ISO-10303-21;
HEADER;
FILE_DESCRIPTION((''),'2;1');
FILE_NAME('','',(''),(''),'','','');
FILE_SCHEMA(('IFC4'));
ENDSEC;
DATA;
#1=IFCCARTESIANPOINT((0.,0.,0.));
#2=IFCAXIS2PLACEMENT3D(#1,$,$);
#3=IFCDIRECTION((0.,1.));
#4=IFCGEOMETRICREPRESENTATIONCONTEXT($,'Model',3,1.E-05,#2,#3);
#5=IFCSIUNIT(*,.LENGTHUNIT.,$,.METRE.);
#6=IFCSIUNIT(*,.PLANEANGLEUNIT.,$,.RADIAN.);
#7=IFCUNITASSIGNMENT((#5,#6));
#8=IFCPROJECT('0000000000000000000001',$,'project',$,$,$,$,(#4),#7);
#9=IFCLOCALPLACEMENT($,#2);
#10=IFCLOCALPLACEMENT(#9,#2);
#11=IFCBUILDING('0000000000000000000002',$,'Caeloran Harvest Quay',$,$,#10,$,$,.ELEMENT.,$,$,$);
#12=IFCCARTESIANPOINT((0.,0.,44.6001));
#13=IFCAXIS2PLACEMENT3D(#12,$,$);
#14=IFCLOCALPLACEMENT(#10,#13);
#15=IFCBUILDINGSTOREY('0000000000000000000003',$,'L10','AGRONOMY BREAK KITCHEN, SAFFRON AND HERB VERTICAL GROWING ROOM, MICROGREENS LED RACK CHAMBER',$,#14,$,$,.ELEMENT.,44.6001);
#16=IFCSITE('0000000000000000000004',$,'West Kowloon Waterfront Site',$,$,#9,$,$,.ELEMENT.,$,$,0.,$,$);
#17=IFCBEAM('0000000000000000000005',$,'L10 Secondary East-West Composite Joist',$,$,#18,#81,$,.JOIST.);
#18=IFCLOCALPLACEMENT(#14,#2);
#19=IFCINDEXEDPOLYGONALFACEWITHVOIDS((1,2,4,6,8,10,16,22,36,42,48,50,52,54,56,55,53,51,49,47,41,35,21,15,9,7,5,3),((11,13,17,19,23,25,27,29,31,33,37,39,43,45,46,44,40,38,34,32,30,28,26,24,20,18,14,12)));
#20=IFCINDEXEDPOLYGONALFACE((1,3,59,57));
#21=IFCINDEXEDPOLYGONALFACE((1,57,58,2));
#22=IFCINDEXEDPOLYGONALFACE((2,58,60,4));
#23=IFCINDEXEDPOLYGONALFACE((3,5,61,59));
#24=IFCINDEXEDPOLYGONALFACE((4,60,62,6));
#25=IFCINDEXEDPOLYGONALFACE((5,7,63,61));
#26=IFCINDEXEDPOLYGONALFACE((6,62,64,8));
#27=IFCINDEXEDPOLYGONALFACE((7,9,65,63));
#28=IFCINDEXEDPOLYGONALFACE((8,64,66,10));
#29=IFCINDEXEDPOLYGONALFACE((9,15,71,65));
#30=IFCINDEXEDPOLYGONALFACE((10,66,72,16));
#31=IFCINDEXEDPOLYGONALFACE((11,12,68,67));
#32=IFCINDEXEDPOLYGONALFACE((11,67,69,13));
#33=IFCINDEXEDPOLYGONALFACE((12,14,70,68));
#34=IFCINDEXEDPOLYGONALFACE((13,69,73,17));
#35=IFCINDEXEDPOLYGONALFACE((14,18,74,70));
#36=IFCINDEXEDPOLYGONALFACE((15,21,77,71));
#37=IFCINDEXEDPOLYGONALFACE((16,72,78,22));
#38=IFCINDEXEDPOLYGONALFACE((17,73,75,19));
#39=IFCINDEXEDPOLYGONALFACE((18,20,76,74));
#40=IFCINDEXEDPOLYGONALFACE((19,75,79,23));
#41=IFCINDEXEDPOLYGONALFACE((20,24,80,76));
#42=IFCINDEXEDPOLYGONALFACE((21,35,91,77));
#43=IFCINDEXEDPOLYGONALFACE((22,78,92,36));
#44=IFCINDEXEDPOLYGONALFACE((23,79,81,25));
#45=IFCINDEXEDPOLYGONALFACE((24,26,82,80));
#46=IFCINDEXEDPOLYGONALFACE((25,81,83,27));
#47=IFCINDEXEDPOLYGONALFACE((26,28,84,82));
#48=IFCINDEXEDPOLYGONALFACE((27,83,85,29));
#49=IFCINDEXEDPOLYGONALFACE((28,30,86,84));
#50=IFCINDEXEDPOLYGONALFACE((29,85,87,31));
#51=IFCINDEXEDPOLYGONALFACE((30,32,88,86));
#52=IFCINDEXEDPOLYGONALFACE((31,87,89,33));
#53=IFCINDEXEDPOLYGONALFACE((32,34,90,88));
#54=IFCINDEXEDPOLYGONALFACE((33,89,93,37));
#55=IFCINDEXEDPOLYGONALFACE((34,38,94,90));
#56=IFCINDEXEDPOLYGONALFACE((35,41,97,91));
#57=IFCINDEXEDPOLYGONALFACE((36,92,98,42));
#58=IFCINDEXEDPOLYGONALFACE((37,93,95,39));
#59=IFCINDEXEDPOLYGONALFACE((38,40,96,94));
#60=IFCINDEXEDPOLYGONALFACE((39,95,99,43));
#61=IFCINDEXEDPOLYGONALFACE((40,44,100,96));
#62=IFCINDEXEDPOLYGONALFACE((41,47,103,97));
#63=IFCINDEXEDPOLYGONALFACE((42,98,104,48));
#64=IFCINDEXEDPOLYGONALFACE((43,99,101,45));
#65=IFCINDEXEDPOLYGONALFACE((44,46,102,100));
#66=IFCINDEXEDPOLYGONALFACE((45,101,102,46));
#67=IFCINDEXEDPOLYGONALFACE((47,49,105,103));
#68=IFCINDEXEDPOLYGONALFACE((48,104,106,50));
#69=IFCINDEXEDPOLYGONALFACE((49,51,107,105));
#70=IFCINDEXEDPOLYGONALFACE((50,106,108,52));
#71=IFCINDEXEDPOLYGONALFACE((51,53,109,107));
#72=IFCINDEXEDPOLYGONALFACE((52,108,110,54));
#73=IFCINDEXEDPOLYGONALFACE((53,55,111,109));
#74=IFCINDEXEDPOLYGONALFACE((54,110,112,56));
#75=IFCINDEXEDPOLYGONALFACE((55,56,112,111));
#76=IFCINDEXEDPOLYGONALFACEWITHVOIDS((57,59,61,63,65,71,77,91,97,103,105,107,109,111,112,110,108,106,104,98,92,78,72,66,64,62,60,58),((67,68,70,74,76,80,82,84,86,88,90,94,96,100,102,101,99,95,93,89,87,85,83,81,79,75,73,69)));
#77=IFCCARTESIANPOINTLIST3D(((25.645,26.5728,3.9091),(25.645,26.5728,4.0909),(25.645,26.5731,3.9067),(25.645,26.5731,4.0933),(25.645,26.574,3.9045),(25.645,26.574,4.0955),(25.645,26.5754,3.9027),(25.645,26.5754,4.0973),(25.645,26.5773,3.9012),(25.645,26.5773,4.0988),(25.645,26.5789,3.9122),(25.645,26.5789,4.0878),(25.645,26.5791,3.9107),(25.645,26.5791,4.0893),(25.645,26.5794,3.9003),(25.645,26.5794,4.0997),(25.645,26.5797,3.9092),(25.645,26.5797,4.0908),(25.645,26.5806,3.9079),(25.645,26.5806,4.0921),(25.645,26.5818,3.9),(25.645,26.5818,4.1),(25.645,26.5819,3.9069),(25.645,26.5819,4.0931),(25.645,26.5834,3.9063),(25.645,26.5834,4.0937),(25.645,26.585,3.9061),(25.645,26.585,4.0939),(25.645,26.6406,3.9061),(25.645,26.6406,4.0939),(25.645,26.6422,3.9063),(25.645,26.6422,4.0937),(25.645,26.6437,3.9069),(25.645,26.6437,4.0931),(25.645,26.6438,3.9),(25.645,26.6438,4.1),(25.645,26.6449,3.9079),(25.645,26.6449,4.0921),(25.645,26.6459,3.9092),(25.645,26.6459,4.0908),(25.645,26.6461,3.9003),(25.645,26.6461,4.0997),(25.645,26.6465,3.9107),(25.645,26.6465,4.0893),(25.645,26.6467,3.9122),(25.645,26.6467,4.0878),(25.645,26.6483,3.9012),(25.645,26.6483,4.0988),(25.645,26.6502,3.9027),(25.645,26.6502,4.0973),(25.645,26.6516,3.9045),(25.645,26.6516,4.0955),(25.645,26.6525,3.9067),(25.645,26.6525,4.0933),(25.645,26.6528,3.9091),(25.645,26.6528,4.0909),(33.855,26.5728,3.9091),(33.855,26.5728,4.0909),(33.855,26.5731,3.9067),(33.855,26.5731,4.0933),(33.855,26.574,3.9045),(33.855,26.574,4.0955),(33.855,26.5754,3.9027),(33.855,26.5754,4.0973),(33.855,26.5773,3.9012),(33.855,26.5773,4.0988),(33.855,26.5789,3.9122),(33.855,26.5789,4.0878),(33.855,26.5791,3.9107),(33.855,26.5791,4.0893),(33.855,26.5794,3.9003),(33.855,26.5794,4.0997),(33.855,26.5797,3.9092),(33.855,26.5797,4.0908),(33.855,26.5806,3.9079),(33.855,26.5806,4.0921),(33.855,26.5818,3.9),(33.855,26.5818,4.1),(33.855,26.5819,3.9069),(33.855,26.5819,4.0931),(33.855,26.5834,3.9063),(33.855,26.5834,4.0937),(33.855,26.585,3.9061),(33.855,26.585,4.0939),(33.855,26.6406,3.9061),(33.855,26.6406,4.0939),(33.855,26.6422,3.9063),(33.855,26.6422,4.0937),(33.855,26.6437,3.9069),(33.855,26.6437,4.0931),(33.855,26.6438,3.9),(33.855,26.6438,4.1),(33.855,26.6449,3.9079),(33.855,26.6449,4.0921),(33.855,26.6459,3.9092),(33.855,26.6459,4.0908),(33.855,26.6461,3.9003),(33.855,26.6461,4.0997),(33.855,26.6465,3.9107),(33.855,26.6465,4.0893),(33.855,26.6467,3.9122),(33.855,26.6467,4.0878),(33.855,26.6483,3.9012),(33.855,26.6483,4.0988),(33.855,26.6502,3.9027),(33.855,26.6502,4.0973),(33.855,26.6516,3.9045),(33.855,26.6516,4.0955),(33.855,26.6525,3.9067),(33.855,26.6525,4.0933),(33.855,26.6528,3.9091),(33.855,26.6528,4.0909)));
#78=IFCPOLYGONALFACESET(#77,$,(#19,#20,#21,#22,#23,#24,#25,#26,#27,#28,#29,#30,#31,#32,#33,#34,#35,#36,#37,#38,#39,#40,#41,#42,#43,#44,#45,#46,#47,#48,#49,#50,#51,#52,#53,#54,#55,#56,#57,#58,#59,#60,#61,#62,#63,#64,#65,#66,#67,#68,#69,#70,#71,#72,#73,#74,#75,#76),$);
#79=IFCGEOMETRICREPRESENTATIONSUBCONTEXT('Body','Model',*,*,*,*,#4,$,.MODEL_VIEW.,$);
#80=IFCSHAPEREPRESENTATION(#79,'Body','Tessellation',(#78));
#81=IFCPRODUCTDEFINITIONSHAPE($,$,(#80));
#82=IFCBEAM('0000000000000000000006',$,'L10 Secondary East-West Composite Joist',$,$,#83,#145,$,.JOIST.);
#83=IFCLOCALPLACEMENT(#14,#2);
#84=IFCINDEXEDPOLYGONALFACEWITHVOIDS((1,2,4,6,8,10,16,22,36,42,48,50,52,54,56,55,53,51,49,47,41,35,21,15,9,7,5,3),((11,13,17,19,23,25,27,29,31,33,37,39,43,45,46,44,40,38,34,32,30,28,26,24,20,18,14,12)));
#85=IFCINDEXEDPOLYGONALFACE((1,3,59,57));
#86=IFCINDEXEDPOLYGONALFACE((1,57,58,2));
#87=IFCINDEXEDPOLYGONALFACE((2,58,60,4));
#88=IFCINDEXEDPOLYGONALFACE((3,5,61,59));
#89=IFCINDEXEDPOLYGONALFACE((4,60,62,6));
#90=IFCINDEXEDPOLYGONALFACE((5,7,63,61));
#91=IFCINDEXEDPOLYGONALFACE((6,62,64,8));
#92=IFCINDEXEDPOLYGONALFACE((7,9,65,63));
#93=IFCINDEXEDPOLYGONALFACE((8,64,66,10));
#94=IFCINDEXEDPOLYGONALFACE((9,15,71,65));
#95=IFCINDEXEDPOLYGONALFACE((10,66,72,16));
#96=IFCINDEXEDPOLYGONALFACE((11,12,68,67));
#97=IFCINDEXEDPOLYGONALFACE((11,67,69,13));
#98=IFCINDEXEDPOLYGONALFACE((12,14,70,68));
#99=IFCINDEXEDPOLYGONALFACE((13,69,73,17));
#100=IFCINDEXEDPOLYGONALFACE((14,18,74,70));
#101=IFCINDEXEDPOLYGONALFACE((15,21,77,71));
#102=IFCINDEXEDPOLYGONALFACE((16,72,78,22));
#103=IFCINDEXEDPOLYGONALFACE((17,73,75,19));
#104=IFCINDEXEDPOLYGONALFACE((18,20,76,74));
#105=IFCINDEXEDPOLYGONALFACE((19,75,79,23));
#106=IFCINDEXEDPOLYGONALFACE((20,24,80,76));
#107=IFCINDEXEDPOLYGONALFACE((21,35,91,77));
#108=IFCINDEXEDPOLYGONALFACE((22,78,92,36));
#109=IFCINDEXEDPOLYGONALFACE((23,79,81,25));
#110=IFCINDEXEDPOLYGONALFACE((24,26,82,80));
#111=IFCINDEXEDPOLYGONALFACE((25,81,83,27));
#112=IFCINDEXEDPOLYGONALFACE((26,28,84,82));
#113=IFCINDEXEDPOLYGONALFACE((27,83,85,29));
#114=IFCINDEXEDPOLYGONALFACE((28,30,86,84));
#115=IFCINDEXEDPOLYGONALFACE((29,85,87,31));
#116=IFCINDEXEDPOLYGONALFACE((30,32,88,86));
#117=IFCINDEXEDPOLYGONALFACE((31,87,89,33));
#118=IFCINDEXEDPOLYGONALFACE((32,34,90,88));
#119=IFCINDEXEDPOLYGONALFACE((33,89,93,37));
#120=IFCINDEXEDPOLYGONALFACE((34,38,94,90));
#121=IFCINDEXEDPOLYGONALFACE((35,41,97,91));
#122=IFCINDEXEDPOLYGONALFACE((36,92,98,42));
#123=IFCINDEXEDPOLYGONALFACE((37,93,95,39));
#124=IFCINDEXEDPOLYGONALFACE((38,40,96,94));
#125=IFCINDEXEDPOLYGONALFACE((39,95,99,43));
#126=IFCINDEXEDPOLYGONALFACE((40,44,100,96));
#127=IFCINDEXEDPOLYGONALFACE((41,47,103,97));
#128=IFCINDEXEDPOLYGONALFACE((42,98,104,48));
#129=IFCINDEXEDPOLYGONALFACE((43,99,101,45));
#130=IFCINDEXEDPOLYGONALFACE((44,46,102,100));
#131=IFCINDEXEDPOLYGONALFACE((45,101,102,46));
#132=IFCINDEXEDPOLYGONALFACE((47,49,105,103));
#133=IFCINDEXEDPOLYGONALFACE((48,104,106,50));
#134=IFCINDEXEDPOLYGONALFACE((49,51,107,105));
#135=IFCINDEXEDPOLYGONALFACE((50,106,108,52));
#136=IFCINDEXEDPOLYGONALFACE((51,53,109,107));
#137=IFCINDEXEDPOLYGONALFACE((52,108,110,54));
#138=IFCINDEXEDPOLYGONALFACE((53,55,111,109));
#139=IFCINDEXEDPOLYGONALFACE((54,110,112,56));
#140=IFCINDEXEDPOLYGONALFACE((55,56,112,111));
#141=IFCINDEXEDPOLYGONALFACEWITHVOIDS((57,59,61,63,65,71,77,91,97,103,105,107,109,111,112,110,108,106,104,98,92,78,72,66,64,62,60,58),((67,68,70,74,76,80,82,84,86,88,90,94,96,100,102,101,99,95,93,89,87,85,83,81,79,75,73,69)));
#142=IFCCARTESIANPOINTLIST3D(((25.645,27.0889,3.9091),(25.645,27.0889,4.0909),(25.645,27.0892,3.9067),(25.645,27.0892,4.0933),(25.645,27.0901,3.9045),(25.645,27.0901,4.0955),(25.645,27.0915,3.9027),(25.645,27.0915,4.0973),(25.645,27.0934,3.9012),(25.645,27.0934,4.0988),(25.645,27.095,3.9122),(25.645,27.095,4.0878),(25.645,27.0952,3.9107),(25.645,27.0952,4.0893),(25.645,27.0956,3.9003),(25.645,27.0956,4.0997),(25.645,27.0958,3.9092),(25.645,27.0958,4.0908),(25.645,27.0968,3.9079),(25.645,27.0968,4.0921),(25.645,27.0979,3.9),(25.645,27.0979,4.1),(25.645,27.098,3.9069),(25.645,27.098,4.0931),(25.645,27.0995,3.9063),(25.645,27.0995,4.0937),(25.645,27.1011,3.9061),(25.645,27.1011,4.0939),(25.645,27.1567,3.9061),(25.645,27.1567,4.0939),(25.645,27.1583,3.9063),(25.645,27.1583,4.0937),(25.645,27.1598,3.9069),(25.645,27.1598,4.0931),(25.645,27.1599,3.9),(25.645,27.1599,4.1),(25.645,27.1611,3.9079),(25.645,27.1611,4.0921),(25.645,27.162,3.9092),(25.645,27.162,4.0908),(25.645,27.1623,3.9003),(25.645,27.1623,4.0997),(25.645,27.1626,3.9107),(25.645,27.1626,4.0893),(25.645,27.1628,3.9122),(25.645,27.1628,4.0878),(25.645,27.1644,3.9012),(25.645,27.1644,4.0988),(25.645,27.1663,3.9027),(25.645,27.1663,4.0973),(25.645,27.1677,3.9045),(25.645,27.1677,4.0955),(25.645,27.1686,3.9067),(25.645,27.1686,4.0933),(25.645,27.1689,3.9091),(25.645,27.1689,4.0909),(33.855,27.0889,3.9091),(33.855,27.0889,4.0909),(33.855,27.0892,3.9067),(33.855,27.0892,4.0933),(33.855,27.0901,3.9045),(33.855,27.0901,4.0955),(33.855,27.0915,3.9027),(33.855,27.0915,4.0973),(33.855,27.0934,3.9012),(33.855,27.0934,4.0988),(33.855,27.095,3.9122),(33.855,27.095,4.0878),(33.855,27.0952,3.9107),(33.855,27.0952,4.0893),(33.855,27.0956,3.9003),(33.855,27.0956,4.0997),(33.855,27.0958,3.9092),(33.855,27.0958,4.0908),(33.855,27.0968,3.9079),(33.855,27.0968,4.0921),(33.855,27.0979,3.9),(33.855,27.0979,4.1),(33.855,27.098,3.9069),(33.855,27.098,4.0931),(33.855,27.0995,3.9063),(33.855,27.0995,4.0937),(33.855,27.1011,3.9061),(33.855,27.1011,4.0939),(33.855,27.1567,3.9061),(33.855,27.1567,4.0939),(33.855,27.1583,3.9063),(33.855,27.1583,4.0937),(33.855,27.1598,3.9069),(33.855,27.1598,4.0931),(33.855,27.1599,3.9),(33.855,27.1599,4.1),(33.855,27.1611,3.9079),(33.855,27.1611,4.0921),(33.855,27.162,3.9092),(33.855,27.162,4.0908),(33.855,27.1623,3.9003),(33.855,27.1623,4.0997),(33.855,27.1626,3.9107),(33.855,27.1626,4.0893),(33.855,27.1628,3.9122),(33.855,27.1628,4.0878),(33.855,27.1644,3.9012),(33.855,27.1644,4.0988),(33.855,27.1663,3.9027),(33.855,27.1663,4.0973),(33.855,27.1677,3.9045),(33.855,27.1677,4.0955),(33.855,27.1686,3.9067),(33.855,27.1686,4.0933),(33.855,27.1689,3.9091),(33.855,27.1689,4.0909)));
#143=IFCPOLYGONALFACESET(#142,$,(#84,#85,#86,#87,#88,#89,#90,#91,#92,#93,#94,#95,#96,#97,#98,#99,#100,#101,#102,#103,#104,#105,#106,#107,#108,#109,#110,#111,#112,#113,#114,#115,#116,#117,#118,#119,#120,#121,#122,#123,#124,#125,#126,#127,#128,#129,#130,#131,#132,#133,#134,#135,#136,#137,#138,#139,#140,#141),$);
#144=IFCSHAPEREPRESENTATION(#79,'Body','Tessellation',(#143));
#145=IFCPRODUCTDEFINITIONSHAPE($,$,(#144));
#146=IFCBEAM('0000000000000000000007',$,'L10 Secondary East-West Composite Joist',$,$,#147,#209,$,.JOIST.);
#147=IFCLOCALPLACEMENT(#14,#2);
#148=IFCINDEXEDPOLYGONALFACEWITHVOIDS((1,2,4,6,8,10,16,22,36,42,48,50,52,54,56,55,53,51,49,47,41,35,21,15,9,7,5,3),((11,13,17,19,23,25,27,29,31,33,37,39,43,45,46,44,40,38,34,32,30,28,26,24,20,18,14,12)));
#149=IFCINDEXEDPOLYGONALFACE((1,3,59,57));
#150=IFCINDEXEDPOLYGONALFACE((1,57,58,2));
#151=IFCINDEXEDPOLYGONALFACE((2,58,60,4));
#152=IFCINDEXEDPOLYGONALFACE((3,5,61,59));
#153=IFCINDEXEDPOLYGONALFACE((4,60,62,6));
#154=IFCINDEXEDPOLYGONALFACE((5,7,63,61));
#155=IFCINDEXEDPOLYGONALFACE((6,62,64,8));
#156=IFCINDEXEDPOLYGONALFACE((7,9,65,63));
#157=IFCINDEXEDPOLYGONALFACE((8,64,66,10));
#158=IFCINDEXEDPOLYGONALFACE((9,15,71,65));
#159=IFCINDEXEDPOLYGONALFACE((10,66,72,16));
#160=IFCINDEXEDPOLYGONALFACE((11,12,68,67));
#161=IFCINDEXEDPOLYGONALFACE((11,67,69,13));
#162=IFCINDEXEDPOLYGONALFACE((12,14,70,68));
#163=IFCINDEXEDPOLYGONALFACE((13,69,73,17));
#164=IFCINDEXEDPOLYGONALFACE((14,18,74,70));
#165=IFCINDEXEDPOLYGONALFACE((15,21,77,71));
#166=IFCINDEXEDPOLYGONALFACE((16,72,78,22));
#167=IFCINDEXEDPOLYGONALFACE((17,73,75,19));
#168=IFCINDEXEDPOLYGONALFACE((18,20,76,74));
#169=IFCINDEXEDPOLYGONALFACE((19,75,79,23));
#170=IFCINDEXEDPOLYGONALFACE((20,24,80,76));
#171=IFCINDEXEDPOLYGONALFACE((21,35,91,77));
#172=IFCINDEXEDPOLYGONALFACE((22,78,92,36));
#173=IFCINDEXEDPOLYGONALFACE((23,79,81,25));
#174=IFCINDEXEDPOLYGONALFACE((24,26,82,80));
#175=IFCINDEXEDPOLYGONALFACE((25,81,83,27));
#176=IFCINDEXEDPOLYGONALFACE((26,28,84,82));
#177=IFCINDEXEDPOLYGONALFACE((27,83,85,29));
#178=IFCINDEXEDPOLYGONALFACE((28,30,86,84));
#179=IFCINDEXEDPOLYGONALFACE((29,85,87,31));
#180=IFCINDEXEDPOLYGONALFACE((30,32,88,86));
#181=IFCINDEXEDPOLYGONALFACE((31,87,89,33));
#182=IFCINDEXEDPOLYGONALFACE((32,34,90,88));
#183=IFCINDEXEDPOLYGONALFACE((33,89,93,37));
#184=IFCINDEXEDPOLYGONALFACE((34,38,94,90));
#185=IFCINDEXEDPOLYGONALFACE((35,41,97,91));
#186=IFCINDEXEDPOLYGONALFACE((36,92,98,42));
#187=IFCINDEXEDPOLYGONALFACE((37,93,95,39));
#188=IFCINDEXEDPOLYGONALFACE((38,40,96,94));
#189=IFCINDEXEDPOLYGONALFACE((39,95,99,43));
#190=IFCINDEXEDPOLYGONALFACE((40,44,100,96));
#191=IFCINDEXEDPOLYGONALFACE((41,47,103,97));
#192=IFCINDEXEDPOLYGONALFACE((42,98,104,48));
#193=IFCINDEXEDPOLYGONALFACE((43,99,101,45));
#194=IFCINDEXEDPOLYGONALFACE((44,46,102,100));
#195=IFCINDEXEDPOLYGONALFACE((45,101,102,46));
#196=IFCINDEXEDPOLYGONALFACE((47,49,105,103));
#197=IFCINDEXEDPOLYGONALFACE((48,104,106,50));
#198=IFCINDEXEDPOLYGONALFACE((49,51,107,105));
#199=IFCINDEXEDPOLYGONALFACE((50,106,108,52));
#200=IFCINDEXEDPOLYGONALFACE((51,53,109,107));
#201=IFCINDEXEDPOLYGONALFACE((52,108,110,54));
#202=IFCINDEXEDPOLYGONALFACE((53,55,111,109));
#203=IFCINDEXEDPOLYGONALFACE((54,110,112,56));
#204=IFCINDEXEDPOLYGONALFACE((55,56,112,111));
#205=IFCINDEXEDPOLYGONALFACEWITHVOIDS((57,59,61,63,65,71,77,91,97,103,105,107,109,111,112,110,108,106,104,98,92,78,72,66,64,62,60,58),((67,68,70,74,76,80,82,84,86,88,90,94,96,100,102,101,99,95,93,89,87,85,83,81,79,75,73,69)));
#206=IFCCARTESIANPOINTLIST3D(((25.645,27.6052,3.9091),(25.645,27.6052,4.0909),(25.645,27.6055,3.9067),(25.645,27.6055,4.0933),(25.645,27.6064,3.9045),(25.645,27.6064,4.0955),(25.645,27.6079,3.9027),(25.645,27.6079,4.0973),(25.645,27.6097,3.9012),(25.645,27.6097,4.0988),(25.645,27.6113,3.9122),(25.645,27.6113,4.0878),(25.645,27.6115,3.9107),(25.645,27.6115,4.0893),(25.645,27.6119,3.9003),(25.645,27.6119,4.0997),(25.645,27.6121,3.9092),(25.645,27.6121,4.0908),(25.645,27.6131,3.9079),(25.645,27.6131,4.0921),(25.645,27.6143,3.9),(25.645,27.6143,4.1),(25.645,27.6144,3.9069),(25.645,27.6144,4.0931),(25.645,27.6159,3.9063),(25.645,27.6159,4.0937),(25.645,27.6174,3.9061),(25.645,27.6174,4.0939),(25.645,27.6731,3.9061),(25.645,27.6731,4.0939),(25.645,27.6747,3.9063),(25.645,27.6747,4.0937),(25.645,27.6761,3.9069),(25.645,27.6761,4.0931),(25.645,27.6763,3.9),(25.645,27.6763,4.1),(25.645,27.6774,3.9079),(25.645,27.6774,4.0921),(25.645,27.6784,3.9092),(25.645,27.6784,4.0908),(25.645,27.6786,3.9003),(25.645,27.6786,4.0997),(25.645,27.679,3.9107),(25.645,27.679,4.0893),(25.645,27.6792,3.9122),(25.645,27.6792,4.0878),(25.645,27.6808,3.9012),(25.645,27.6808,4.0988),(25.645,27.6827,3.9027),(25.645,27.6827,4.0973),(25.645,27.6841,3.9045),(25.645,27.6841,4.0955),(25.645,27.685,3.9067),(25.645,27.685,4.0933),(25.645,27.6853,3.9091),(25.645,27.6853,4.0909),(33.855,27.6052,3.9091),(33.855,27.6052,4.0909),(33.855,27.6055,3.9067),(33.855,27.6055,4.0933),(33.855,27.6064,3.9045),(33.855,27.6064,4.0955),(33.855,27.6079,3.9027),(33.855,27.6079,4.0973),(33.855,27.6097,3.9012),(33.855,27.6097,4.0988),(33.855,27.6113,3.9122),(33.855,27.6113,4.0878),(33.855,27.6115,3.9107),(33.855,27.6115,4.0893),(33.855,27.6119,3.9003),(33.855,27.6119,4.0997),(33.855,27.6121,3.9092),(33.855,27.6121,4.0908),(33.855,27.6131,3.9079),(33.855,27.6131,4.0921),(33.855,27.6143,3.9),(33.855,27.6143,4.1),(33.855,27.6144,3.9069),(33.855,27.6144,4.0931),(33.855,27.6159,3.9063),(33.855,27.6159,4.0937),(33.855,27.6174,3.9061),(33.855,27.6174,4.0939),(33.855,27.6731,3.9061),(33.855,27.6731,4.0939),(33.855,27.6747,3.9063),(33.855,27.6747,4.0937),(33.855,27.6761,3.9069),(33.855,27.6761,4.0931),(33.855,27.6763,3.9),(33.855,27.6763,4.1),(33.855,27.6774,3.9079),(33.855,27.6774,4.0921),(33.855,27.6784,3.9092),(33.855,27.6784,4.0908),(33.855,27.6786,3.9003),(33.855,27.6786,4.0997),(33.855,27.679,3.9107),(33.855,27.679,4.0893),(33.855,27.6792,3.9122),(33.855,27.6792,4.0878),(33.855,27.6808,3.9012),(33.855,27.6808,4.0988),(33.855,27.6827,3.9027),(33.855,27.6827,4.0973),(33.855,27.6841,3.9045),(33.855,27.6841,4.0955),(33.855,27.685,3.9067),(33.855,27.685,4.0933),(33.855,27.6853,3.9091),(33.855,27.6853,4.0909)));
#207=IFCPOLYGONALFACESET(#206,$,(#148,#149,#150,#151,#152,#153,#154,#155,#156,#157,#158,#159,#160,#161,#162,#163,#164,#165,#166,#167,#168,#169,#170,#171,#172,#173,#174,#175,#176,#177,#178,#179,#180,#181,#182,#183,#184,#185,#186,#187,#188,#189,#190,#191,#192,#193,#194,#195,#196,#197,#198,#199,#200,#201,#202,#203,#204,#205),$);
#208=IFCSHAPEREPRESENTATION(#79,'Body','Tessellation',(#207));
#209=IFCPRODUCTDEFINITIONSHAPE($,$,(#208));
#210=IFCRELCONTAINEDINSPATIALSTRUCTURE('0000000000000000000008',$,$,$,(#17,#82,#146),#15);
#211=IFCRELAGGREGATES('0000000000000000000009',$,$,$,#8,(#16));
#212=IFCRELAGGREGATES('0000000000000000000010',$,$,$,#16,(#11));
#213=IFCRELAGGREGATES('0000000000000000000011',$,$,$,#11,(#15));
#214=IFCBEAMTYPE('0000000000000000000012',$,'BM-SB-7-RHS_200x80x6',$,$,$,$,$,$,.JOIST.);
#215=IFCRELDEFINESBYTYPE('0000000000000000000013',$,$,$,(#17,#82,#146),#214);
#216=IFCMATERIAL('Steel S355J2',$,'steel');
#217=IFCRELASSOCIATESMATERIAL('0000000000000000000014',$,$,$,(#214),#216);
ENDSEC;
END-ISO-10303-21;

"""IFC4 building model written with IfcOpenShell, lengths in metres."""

from ifc_helpers import new_model, si_unit, direction, frame, origin, origin_2d, place, context, subcontext, project, spatial, hollow_rectangle, extrude, material, material_profile, profile_set, type_object, element, save


model = new_model("IFC4")

# Units and contexts
model_context = context("Model", 3, precision=1e-05, world=origin(), true_north=direction((0.0, 1.0)))
body_context = subcontext(model_context, "Body", "Model", "MODEL_VIEW")
ifc_project = project(units=[si_unit("LENGTHUNIT", "METRE"), si_unit("PLANEANGLEUNIT", "RADIAN")], contexts=[model_context])

# Site, building, storey
site_placement = place(None, origin())
site = spatial("IfcSite", under=ifc_project, at=site_placement, Name="West Kowloon Waterfront Site", CompositionType="ELEMENT", RefElevation=0.0)
building_placement = place(site_placement, origin())
building = spatial("IfcBuilding", under=site, at=building_placement, Name="Caeloran Harvest Quay", CompositionType="ELEMENT")
storey_placement = place(building_placement, frame((0.0, 0.0, 44.6001)))
storey = spatial("IfcBuildingStorey", under=building, at=storey_placement, Name="L10", Description="AGRONOMY BREAK KITCHEN, SAFFRON AND HERB VERTICAL GROWING ROOM, MICROGREENS LED RACK CHAMBER", CompositionType="ELEMENT", Elevation=44.6001)

# Beams
ifc_material_1 = material(Name="Steel S355J2", Category="steel")
ifc_material_profile_1 = material_profile(ifc_material_1, hollow_rectangle(XDim=0.0801, YDim=0.2, WallThickness=0.0061, InnerFilletRadius=0.0061, OuterFilletRadius=0.009, at=origin_2d()), Name="RHS 200x80x6")
ifc_profile_set_1 = profile_set([ifc_material_profile_1], Name="Steel S355J2")
beam_type_1 = type_object("IfcBeamType", Name="BM-SB-7-RHS_200x80x6", PredefinedType="JOIST", material=ifc_profile_set_1)
for number, where, z_axis, x_axis, name in (
    (1, (25.645, 26.6128, 4.0), (1.0, 0.0, 0.0), (0.0, 1.0, 0.0), "L10 Secondary East-West Composite Joist"),
    (2, (25.645, 27.1289, 4.0), (1.0, 0.0, 0.0), (0.0, 1.0, 0.0), "L10 Secondary East-West Composite Joist"),
    (3, (25.645, 27.6453, 4.0), (1.0, 0.0, 0.0), (0.0, 1.0, 0.0), "L10 Secondary East-West Composite Joist"),
):
    element("IfcBeam", number, at=place(storey_placement, frame(where, z_axis=z_axis, x_axis=x_axis)), inside=storey, type_object=beam_type_1, Name=name, PredefinedType="JOIST", context=body_context, shape_type="SweptSolid", body=[
        extrude(hollow_rectangle(XDim=0.0801, YDim=0.2, WallThickness=0.0061, InnerFilletRadius=0.0061, OuterFilletRadius=0.009, at=origin_2d()), origin(), (0.0, 0.0, 1.0), 8.21),
    ])

save(model, "model.ifc")
